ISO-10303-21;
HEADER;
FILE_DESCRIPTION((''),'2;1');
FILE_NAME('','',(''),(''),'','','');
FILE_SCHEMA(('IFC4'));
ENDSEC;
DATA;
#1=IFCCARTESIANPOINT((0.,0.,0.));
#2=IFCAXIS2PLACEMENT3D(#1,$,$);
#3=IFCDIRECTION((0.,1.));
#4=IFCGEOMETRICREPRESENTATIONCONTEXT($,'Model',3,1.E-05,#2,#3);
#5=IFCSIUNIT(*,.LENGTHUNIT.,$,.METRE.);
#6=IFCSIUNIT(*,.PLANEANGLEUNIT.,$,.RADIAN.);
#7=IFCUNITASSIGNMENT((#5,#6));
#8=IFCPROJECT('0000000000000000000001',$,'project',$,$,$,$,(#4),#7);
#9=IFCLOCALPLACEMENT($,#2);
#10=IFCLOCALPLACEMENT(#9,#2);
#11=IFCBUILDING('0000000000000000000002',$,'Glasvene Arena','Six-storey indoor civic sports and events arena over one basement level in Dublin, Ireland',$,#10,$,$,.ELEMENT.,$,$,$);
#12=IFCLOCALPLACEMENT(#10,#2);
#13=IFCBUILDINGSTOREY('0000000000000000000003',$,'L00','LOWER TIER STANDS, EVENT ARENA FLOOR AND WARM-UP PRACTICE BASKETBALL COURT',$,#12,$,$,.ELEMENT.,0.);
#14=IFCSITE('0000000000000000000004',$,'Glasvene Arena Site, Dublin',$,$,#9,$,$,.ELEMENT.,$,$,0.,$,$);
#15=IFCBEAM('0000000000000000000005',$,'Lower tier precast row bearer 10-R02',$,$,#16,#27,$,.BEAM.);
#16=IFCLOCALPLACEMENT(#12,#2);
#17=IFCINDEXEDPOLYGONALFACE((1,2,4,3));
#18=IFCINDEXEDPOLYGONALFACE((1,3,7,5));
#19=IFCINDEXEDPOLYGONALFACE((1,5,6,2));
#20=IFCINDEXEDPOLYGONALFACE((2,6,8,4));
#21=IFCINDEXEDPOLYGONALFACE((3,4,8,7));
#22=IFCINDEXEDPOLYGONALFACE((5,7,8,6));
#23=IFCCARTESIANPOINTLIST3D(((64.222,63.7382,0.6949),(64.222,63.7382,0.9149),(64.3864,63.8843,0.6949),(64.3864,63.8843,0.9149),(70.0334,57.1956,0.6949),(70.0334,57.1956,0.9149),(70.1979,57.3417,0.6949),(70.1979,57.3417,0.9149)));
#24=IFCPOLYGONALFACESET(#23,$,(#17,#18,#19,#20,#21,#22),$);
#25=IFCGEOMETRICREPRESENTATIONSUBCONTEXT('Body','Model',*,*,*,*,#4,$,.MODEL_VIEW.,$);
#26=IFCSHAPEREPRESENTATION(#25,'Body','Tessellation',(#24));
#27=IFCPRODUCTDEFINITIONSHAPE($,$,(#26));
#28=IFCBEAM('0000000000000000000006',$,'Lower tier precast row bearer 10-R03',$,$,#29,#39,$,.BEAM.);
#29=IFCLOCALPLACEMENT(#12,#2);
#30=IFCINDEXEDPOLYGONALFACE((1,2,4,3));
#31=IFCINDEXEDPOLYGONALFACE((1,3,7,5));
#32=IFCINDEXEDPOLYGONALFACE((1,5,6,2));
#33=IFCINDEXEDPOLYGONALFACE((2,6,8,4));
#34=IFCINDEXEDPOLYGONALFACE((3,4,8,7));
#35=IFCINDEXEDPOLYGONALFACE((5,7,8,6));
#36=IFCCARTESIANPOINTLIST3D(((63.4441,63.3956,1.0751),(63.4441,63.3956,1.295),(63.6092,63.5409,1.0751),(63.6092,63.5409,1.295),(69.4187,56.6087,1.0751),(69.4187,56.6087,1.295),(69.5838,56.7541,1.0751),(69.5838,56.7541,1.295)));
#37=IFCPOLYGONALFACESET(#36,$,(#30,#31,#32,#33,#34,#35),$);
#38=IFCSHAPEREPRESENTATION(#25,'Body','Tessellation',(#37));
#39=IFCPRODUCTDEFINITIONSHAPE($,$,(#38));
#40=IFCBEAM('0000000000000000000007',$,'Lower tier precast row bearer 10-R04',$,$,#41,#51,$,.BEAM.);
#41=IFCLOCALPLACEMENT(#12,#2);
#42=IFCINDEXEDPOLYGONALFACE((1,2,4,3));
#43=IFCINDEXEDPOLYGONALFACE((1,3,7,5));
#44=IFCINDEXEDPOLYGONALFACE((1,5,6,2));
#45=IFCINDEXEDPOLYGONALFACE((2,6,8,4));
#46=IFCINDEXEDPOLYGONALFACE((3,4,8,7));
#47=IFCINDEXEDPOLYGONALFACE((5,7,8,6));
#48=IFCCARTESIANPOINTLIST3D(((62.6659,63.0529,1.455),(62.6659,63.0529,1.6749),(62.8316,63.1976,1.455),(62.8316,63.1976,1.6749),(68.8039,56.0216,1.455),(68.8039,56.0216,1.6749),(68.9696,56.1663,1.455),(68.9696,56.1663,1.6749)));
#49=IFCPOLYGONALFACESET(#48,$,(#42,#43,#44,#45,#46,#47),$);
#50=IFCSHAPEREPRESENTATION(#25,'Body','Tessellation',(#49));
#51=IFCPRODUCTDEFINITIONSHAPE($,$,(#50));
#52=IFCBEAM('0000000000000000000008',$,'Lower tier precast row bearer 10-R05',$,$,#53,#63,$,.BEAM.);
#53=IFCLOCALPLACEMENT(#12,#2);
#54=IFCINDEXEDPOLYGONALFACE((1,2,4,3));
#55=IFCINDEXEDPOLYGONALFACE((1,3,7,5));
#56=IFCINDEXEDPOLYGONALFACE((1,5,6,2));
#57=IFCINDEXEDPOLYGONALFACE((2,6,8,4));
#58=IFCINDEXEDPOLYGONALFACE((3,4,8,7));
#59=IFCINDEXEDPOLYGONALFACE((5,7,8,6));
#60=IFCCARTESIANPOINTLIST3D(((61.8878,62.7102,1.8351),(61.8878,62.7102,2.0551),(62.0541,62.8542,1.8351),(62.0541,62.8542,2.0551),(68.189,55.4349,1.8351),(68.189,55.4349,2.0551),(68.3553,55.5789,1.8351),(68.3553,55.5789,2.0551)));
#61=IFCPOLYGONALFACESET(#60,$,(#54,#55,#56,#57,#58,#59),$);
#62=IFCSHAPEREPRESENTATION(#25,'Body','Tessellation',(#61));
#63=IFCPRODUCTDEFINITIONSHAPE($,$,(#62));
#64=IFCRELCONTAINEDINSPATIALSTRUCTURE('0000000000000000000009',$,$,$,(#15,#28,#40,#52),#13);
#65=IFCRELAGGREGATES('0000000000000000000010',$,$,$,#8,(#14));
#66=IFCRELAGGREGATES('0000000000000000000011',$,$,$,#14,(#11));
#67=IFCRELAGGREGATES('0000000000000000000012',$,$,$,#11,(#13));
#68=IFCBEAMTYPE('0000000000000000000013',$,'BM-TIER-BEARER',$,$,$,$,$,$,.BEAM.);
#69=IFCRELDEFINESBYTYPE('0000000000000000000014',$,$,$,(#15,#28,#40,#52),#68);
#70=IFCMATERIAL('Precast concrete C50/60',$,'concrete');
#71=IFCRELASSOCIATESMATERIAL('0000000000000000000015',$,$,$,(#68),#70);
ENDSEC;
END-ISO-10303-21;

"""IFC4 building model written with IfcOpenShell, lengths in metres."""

from ifc_helpers import new_model, si_unit, direction, frame, origin, origin_2d, place, context, subcontext, project, spatial, rectangle, extrude, material, material_profile, profile_set, type_object, element, save


model = new_model("IFC4")

# Units and contexts
model_context = context("Model", 3, precision=1e-05, world=origin(), true_north=direction((0.0, 1.0)))
body_context = subcontext(model_context, "Body", "Model", "MODEL_VIEW")
ifc_project = project(units=[si_unit("LENGTHUNIT", "METRE"), si_unit("PLANEANGLEUNIT", "RADIAN")], contexts=[model_context])

# Site, building, storey
site_placement = place(None, origin())
site = spatial("IfcSite", under=ifc_project, at=site_placement, Name="Glasvene Arena Site, Dublin", CompositionType="ELEMENT", RefElevation=0.0)
building_placement = place(site_placement, origin())
building = spatial("IfcBuilding", under=site, at=building_placement, Name="Glasvene Arena", Description="Six-storey indoor civic sports and events arena over one basement level in Dublin, Ireland", CompositionType="ELEMENT")
storey_placement = place(building_placement, origin())
storey = spatial("IfcBuildingStorey", under=building, at=storey_placement, Name="L00", Description="LOWER TIER STANDS, EVENT ARENA FLOOR AND WARM-UP PRACTICE BASKETBALL COURT", CompositionType="ELEMENT", Elevation=0.0)

# Beams
ifc_material_1 = material(Name="Precast concrete C50/60", Category="concrete")
ifc_material_profile_1 = material_profile(ifc_material_1, rectangle(XDim=0.22, YDim=0.22, at=origin_2d()), Name="RC 220x220")
ifc_profile_set_1 = profile_set([ifc_material_profile_1], Name="Precast concrete C50/60")
beam_type_1 = type_object("IfcBeamType", Name="BM-TIER-BEARER", PredefinedType="BEAM", material=ifc_profile_set_1)
beam_1_placement = place(storey_placement, frame((64.3042, 63.8113, 0.8049), z_axis=(0.664094, -0.747649, 0.0), x_axis=(0.747649, 0.664094, 0.0)))
element("IfcBeam", 1, at=beam_1_placement, inside=storey, type_object=beam_type_1, Name="Lower tier precast row bearer 10-R02", PredefinedType="BEAM", context=body_context, shape_type="SweptSolid", body=[
    extrude(rectangle(XDim=0.22, YDim=0.22, at=origin_2d()), origin(), (0.0, 0.0, 1.0), 8.751),
])
beam_2_placement = place(storey_placement, frame((63.5266, 63.4683, 1.1851), z_axis=(0.660763, -0.750595, 0.0), x_axis=(0.750595, 0.660763, 0.0)))
element("IfcBeam", 2, at=beam_2_placement, inside=storey, type_object=beam_type_1, Name="Lower tier precast row bearer 10-R03", PredefinedType="BEAM", context=body_context, shape_type="SweptSolid", body=[
    extrude(rectangle(XDim=0.22, YDim=0.22, at=origin_2d()), origin(), (0.0, 0.0, 1.0), 9.042),
])
beam_3_placement = place(storey_placement, frame((62.7488, 63.1252, 1.5649), z_axis=(0.65763, -0.753341, 0.0), x_axis=(0.753341, 0.65763, 0.0)))
element("IfcBeam", 3, at=beam_3_placement, inside=storey, type_object=beam_type_1, Name="Lower tier precast row bearer 10-R04", PredefinedType="BEAM", context=body_context, shape_type="SweptSolid", body=[
    extrude(rectangle(XDim=0.22, YDim=0.22, at=origin_2d()), origin(), (0.0, 0.0, 1.0), 9.3335),
])
beam_4_placement = place(storey_placement, frame((61.9709, 62.7822, 1.9451), z_axis=(0.654689, -0.755898, 0.0), x_axis=(0.755898, 0.654689, 0.0)))
element("IfcBeam", 4, at=beam_4_placement, inside=storey, type_object=beam_type_1, Name="Lower tier precast row bearer 10-R05", PredefinedType="BEAM", context=body_context, shape_type="SweptSolid", body=[
    extrude(rectangle(XDim=0.22, YDim=0.22, at=origin_2d()), origin(), (0.0, 0.0, 1.0), 9.6248),
])

save(model, "model.ifc")
